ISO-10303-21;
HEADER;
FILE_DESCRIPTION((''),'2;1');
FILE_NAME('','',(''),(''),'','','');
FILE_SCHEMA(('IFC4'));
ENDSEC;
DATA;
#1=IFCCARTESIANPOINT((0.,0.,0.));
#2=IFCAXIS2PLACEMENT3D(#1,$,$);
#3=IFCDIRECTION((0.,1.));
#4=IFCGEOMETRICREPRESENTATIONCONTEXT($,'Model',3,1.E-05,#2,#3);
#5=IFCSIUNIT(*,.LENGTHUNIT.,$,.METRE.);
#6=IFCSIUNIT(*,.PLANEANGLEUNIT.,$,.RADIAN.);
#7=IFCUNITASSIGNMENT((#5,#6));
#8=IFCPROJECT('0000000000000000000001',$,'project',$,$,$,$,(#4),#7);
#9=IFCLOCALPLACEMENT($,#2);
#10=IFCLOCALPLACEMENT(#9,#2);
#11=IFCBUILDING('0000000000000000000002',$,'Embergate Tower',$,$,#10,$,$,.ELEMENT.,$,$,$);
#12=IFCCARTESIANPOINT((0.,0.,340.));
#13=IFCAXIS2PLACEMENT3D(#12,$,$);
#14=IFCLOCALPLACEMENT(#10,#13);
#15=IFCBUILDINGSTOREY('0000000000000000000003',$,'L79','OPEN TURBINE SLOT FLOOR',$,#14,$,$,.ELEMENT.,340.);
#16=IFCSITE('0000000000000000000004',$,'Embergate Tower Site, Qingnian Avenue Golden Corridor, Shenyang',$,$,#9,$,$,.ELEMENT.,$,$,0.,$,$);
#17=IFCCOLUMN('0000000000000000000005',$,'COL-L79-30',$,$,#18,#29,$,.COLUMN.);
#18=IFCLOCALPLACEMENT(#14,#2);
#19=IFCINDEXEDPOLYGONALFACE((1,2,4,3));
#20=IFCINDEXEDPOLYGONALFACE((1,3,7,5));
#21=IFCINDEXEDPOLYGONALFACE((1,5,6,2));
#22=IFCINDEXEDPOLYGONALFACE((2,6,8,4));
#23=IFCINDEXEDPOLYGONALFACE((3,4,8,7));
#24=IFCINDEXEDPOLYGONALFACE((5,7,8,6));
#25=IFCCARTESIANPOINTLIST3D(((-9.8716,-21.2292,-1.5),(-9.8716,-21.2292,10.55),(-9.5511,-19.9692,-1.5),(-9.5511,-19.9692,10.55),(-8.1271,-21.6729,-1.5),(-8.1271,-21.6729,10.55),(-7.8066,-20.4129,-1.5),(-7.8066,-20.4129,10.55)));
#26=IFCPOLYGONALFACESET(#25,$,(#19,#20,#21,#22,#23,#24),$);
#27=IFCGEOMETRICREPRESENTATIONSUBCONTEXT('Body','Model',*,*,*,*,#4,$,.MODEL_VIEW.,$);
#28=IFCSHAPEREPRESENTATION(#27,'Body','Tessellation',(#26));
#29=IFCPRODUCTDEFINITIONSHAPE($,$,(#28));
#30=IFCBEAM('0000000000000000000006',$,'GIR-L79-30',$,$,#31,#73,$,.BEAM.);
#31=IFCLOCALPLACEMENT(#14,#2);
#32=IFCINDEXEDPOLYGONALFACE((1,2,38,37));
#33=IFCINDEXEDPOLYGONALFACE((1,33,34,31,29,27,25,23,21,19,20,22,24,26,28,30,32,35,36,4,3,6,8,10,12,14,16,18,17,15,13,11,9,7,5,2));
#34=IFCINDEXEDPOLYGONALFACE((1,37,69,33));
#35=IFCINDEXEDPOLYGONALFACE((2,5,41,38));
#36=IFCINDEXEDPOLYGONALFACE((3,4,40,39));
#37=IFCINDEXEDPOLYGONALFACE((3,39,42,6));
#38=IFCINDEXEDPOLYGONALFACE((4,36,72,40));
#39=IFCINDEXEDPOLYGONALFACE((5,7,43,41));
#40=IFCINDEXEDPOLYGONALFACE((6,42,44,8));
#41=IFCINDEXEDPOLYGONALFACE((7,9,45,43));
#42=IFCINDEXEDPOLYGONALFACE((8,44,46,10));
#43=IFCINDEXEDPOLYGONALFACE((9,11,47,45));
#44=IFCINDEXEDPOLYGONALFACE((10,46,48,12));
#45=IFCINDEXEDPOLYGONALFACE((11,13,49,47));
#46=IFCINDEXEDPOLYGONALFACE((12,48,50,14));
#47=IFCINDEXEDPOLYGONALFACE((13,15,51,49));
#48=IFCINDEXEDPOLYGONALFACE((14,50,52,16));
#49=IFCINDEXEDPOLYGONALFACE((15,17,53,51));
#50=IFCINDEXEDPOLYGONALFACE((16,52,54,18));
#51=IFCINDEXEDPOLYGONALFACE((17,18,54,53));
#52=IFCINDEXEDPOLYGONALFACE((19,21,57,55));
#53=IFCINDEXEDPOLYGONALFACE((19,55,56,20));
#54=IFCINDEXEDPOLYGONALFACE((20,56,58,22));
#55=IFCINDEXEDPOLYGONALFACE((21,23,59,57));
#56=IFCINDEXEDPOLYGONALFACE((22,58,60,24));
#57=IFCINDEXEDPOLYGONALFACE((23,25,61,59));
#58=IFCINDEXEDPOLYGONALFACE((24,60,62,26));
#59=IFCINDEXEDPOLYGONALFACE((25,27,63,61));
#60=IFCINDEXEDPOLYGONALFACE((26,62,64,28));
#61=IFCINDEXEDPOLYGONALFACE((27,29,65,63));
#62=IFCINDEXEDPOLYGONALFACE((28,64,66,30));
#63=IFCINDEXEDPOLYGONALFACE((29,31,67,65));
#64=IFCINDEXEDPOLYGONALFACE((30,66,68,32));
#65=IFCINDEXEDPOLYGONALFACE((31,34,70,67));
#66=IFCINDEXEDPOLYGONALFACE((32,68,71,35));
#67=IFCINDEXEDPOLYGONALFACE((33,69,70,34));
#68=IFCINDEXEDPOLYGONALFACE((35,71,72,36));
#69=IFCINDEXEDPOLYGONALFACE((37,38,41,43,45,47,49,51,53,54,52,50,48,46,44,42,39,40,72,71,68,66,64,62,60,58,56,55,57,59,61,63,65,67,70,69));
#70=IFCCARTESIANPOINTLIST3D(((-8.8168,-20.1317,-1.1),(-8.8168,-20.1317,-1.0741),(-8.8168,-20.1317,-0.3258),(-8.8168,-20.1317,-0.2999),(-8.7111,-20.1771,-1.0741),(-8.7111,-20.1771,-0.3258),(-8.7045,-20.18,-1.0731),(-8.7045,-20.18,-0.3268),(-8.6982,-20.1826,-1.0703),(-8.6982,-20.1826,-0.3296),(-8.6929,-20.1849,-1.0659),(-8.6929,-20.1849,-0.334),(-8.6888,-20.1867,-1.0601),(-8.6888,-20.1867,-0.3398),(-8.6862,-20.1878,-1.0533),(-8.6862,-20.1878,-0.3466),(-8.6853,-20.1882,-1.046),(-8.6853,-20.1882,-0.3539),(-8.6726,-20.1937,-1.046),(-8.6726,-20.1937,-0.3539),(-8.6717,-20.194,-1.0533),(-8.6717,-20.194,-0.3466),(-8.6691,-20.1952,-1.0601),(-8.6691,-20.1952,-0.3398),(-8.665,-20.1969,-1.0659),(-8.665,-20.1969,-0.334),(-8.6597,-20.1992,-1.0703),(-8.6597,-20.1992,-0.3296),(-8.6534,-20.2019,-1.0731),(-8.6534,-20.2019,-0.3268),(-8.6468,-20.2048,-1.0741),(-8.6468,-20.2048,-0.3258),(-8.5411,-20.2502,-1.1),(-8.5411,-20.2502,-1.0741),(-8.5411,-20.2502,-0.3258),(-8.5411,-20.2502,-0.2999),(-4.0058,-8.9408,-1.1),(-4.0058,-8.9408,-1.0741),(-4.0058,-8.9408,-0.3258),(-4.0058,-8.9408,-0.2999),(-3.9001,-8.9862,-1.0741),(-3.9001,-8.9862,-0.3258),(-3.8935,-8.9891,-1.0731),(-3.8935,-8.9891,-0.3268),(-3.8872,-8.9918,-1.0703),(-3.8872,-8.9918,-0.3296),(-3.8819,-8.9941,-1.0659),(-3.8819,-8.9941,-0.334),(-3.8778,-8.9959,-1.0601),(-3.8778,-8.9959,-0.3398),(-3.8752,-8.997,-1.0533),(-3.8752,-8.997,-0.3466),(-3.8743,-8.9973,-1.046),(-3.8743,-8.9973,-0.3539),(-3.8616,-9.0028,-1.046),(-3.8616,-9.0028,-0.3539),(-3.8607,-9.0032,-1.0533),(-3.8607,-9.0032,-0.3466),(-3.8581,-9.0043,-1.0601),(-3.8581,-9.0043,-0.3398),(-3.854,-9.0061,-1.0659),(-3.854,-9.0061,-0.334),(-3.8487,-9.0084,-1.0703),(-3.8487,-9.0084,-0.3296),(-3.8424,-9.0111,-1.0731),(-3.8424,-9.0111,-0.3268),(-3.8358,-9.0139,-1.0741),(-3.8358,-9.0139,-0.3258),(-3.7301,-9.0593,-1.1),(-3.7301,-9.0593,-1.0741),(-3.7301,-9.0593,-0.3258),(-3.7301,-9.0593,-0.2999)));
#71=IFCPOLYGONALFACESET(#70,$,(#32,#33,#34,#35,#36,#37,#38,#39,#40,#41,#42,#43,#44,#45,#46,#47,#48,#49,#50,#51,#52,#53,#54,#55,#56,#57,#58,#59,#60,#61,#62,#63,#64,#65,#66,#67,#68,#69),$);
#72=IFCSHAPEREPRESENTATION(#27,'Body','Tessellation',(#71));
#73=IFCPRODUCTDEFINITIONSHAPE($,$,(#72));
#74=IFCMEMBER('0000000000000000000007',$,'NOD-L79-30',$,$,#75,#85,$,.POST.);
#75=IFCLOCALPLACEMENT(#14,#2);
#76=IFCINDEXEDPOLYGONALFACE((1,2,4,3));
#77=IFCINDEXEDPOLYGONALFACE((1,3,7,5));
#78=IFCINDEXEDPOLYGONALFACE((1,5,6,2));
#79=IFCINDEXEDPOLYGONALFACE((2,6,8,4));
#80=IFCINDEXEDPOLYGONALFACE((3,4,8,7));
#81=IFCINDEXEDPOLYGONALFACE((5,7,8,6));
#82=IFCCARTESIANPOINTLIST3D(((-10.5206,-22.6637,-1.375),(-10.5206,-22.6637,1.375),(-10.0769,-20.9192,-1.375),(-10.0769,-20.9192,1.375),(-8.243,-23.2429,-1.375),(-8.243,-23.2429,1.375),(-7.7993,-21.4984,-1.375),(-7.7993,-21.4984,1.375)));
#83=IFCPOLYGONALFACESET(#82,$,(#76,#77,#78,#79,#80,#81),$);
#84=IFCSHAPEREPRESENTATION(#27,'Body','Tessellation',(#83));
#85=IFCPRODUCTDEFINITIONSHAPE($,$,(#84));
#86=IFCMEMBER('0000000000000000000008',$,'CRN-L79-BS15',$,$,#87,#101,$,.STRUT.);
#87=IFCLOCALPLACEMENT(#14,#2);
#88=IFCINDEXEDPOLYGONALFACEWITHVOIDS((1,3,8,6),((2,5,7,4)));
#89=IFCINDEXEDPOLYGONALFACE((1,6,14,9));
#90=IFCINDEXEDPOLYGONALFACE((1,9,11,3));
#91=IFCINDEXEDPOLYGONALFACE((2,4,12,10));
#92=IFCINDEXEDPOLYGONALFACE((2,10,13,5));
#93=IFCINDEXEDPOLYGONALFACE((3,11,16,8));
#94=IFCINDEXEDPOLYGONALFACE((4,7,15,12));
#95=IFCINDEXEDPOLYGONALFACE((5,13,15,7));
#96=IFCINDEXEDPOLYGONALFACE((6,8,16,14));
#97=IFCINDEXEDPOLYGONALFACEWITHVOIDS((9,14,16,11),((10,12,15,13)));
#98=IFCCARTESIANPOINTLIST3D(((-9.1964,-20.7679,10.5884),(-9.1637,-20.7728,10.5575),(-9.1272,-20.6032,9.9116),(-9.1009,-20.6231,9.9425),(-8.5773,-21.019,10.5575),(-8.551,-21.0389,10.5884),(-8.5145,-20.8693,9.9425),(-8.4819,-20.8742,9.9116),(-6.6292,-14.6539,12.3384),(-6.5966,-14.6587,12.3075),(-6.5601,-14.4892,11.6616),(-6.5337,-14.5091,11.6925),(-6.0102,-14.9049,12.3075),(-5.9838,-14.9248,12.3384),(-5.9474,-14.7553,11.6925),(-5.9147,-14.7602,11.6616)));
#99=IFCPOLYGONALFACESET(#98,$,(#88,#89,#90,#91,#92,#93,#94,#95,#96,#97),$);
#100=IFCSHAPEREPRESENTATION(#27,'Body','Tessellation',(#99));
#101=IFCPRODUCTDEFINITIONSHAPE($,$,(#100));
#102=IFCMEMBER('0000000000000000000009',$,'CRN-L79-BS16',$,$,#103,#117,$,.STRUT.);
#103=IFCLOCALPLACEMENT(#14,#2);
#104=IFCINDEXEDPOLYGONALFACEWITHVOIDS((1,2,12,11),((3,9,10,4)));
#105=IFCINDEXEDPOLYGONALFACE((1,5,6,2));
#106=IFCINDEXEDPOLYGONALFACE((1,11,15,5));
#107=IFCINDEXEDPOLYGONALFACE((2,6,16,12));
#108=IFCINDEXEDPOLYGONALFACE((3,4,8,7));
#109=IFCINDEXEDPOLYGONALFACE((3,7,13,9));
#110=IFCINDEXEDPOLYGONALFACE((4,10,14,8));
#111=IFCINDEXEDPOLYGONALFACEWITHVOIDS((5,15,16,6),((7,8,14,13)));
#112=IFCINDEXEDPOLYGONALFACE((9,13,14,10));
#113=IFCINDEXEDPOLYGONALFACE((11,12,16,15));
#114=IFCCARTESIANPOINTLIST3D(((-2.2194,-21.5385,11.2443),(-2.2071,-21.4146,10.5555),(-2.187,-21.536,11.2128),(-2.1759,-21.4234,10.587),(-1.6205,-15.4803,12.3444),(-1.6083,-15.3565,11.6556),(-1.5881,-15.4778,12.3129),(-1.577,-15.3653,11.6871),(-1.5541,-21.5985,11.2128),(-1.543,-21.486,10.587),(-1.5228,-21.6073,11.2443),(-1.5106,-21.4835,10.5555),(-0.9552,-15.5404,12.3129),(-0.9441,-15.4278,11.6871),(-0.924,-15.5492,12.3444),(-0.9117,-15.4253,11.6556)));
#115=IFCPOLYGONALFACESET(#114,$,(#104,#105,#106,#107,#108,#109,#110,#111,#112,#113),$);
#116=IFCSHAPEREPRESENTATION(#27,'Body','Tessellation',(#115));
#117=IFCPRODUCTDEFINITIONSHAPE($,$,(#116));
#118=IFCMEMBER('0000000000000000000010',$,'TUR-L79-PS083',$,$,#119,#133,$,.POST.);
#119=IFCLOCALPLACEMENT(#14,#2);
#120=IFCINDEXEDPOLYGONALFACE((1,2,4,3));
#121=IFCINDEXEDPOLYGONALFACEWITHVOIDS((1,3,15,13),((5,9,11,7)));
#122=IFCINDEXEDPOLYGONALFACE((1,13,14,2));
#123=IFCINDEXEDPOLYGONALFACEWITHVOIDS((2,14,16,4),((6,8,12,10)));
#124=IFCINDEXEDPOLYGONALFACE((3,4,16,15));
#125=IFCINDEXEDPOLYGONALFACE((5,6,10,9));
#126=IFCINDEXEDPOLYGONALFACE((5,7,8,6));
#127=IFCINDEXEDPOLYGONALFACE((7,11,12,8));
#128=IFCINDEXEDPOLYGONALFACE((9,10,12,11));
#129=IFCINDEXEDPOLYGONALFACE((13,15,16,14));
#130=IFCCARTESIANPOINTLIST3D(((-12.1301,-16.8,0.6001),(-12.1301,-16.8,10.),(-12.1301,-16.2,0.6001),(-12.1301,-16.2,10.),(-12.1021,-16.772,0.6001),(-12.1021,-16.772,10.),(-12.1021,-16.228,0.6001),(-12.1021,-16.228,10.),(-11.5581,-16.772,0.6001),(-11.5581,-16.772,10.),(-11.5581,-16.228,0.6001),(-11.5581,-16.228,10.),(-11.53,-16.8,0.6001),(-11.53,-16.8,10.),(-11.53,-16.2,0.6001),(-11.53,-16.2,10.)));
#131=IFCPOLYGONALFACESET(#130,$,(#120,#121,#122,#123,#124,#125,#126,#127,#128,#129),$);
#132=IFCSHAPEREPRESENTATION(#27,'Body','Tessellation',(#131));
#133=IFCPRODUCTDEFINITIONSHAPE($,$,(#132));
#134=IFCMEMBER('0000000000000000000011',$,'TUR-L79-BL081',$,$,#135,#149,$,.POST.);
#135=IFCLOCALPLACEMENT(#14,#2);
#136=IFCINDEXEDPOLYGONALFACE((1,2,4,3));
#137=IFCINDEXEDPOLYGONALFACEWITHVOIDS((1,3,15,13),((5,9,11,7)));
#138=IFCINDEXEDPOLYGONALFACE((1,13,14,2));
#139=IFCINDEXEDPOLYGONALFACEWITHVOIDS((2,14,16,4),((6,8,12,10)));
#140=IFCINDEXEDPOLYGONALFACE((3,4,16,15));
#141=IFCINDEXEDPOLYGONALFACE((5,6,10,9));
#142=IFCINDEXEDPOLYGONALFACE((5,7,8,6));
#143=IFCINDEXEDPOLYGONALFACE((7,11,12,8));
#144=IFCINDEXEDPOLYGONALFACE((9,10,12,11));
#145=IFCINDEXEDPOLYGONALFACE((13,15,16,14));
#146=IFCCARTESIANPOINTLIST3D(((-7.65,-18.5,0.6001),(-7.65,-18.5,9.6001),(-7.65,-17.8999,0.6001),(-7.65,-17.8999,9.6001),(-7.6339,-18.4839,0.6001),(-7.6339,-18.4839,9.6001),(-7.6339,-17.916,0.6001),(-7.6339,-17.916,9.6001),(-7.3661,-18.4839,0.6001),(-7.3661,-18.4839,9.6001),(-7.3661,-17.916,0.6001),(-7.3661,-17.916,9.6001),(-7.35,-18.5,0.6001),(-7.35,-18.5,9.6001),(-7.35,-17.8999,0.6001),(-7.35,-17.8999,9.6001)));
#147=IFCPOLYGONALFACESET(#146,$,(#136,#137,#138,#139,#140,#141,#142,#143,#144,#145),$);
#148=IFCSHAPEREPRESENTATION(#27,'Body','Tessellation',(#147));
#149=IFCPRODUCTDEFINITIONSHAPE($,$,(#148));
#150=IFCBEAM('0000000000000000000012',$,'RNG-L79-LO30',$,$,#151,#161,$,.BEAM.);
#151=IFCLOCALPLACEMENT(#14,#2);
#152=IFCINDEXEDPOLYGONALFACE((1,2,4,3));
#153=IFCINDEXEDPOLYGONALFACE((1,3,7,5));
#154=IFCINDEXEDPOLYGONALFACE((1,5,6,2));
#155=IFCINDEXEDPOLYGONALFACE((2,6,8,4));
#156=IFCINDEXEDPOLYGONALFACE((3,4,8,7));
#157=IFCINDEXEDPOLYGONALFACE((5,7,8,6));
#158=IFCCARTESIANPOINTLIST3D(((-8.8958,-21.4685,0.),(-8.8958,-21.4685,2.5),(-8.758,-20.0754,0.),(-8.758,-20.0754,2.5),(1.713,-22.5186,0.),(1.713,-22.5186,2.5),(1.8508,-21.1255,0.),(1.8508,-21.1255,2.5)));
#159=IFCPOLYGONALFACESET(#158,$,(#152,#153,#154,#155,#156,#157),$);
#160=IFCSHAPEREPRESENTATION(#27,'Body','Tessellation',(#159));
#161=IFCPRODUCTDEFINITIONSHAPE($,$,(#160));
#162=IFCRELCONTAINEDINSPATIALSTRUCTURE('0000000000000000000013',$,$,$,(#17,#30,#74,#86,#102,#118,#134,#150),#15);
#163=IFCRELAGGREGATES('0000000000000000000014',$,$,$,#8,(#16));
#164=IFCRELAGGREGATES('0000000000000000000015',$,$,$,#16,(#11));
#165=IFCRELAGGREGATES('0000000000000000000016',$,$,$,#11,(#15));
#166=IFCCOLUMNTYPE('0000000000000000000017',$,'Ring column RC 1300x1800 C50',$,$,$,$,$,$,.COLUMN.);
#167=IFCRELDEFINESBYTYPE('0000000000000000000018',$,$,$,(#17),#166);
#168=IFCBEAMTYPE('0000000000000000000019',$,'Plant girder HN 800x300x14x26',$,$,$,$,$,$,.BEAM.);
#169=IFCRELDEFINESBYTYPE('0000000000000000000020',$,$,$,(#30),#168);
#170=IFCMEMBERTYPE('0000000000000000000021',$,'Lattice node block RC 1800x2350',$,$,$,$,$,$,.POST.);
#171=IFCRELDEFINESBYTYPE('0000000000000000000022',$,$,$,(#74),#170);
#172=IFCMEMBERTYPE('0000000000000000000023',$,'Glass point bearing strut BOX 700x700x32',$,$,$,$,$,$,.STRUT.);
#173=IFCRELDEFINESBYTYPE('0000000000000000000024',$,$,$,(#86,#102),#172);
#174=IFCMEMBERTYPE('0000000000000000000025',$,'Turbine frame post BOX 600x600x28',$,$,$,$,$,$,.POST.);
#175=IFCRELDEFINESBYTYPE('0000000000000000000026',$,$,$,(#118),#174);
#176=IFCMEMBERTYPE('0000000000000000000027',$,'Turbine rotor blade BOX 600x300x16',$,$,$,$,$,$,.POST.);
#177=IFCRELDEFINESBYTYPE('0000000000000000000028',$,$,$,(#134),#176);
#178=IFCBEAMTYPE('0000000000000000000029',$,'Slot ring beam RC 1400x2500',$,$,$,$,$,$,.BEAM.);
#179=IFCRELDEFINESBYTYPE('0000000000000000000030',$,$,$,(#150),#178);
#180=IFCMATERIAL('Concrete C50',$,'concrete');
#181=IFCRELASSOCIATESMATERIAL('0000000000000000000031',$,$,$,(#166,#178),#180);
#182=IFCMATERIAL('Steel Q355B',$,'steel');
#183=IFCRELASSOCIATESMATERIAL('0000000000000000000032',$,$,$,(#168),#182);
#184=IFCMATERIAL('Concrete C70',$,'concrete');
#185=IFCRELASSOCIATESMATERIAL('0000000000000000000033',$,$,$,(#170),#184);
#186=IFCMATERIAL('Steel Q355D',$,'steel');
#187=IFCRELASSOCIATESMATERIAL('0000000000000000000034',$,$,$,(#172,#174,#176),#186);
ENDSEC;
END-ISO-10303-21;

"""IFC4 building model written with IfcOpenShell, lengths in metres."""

from ifc_helpers import new_model, si_unit, direction, frame, origin, origin_2d, place, context, subcontext, project, spatial, rectangle, hollow_rectangle, i_section, extrude, source, transform, mapped, material, material_profile, profile_set, type_object, element, save


model = new_model("IFC4")

# Units and contexts
model_context = context("Model", 3, precision=1e-05, world=origin(), true_north=direction((0.0, 1.0)))
body_context = subcontext(model_context, "Body", "Model", "MODEL_VIEW")
ifc_project = project(units=[si_unit("LENGTHUNIT", "METRE"), si_unit("PLANEANGLEUNIT", "RADIAN")], contexts=[model_context])

# Site, building, storey
site_placement = place(None, origin())
site = spatial("IfcSite", under=ifc_project, at=site_placement, Name="Embergate Tower Site, Qingnian Avenue Golden Corridor, Shenyang", CompositionType="ELEMENT", RefElevation=0.0)
building_placement = place(site_placement, origin())
building = spatial("IfcBuilding", under=site, at=building_placement, Name="Embergate Tower", CompositionType="ELEMENT")
storey_placement = place(building_placement, frame((0.0, 0.0, 340.0)))
storey = spatial("IfcBuildingStorey", under=building, at=storey_placement, Name="L79", Description="OPEN TURBINE SLOT FLOOR", CompositionType="ELEMENT", Elevation=340.0)

# Column
ifc_material_1 = material(Name="Concrete C50", Category="concrete")
ifc_material_profile_1 = material_profile(ifc_material_1, rectangle(XDim=1.3, YDim=1.8, at=origin_2d()), Name="RC 1300x1800")
ifc_profile_set_1 = profile_set([ifc_material_profile_1], Name="Concrete C50")
column_type = type_object("IfcColumnType", Name="Ring column RC 1300x1800 C50", PredefinedType="COLUMN", material=ifc_profile_set_1)
shared_shape_1 = source(origin(), body_context, "Body", "SweptSolid", [
    extrude(rectangle(XDim=1.3, YDim=1.8, at=origin_2d()), origin(), (0.0, 0.0, 1.0), 12.05),
])
column_placement = place(storey_placement, frame((-8.8391, -20.821, -1.5), z_axis=(0.0, 0.0, 1.0), x_axis=(-0.246492, -0.969145, 0.0)))
element("IfcColumn", 1, at=column_placement, inside=storey, type_object=column_type, Name="COL-L79-30", PredefinedType="COLUMN", context=body_context, shape_type="MappedRepresentation", body=[
    mapped(shared_shape_1, transform((0.0, 0.0, 0.0))),
])

# Beam
ifc_material_2 = material(Name="Steel Q355B", Category="steel")
ifc_material_profile_2 = material_profile(ifc_material_2, i_section(OverallWidth=0.3, OverallDepth=0.8, WebThickness=0.0139, FlangeThickness=0.0259, FilletRadius=0.0281, at=origin_2d()), Name="HN 800x300x14x26")
ifc_profile_set_2 = profile_set([ifc_material_profile_2], Name="Steel Q355 grade B")
beam_type_1 = type_object("IfcBeamType", Name="Plant girder HN 800x300x14x26", PredefinedType="BEAM", material=ifc_profile_set_2)
shared_shape_2 = source(origin(), body_context, "Body", "SweptSolid", [
    extrude(i_section(OverallWidth=0.3, OverallDepth=0.8, WebThickness=0.0139, FlangeThickness=0.0259, FilletRadius=0.0281, at=origin_2d()), origin(), (0.0, 0.0, 1.0), 12.1812),
])
beam_placement = place(storey_placement, frame((-8.679, -20.1909, -0.7), z_axis=(0.394954, 0.918701, 0.0), x_axis=(-0.918701, 0.394954, 0.0)))
element("IfcBeam", 2, at=beam_placement, inside=storey, type_object=beam_type_1, Name="GIR-L79-30", PredefinedType="BEAM", context=body_context, shape_type="MappedRepresentation", body=[
    mapped(shared_shape_2, transform((0.0, 0.0, 0.0))),
])

# Members
ifc_material_3 = material(Name="Concrete C70", Category="concrete")
ifc_material_profile_3 = material_profile(ifc_material_3, rectangle(XDim=1.8, YDim=2.3501, at=origin_2d()), Name="RC 1800x2350")
ifc_profile_set_3 = profile_set([ifc_material_profile_3], Name="Concrete C70")
member_type_1 = type_object("IfcMemberType", Name="Lattice node block RC 1800x2350", PredefinedType="POST", material=ifc_profile_set_3)
shared_shape_3 = source(origin(), body_context, "Body", "SweptSolid", [
    extrude(rectangle(XDim=1.8, YDim=2.3501, at=origin_2d()), origin(), (0.0, 0.0, 1.0), 2.75),
])
member_1_placement = place(storey_placement, frame((-9.1599, -22.0811, -1.375), z_axis=(0.0, 0.0, 1.0), x_axis=(-0.246492, -0.969145, 0.0)))
element("IfcMember", 3, at=member_1_placement, inside=storey, type_object=member_type_1, Name="NOD-L79-30", PredefinedType="POST", context=body_context, shape_type="MappedRepresentation", body=[
    mapped(shared_shape_3, transform((0.0, 0.0, 0.0))),
])
ifc_material_4 = material(Name="Steel Q355D", Category="steel")
ifc_material_profile_4 = material_profile(ifc_material_4, hollow_rectangle(XDim=0.7, YDim=0.7, WallThickness=0.032, at=origin_2d()), Name="BOX 700x700x32")
ifc_profile_set_4 = profile_set([ifc_material_profile_4], Name="Steel Q355 grade D")
member_type_2 = type_object("IfcMemberType", Name="Glass point bearing strut BOX 700x700x32", PredefinedType="STRUT", material=ifc_profile_set_4)
shared_shape_4 = source(origin(), body_context, "Body", "SweptSolid", [
    extrude(hollow_rectangle(XDim=0.7, YDim=0.7, WallThickness=0.032, at=origin_2d()), origin(), (0.0, 0.0, 1.0), 6.8582),
])
member_2_placement = place(storey_placement, frame((-8.8391, -20.821, 10.25), z_axis=(0.374321, 0.891499, 0.255172), x_axis=(-0.922022, 0.387137, 0.0)))
element("IfcMember", 4, at=member_2_placement, inside=storey, type_object=member_type_2, Name="CRN-L79-BS15", PredefinedType="STRUT", context=body_context, shape_type="MappedRepresentation", body=[
    mapped(shared_shape_4, transform((0.0, 0.0, 0.0))),
])
shared_shape_5 = source(origin(), body_context, "Body", "SweptSolid", [
    extrude(hollow_rectangle(XDim=0.7, YDim=0.7, WallThickness=0.032, at=origin_2d()), origin(), (0.0, 0.0, 1.0), 6.1863),
])
member_3_placement = place(storey_placement, frame((-1.865, -21.511, 10.8999), z_axis=(0.096808, 0.979288, 0.17783), x_axis=(-0.995149, 0.098376, 0.0)))
element("IfcMember", 5, at=member_3_placement, inside=storey, type_object=member_type_2, Name="CRN-L79-BS16", PredefinedType="STRUT", context=body_context, shape_type="MappedRepresentation", body=[
    mapped(shared_shape_5, transform((0.0, 0.0, 0.0))),
])
ifc_material_profile_5 = material_profile(ifc_material_4, hollow_rectangle(XDim=0.6001, YDim=0.6001, WallThickness=0.0281, at=origin_2d()), Name="BOX 600x600x28")
ifc_profile_set_5 = profile_set([ifc_material_profile_5], Name="Steel Q355 grade D")
member_type_3 = type_object("IfcMemberType", Name="Turbine frame post BOX 600x600x28", PredefinedType="POST", material=ifc_profile_set_5)
shared_shape_6 = source(origin(), body_context, "Body", "SweptSolid", [
    extrude(hollow_rectangle(XDim=0.6001, YDim=0.6001, WallThickness=0.0281, at=origin_2d()), origin(), (0.0, 0.0, 1.0), 9.3999),
])
member_4_placement = place(storey_placement, frame((-11.8301, -16.5, 0.6001), z_axis=(0.0, 0.0, 1.0), x_axis=(1.0, 0.0, 0.0)))
element("IfcMember", 6, at=member_4_placement, inside=storey, type_object=member_type_3, Name="TUR-L79-PS083", PredefinedType="POST", context=body_context, shape_type="MappedRepresentation", body=[
    mapped(shared_shape_6, transform((0.0, 0.0, 0.0))),
])
ifc_material_profile_6 = material_profile(ifc_material_4, hollow_rectangle(XDim=0.3, YDim=0.6001, WallThickness=0.0161, at=origin_2d()), Name="BOX 600x300x16")
ifc_profile_set_6 = profile_set([ifc_material_profile_6], Name="Steel Q355 grade D")
member_type_4 = type_object("IfcMemberType", Name="Turbine rotor blade BOX 600x300x16", PredefinedType="POST", material=ifc_profile_set_6)
shared_shape_7 = source(origin(), body_context, "Body", "SweptSolid", [
    extrude(hollow_rectangle(XDim=0.3, YDim=0.6001, WallThickness=0.0161, at=origin_2d()), origin(), (0.0, 0.0, 1.0), 9.0),
])
member_5_placement = place(storey_placement, frame((-7.5, -18.2, 0.6001), z_axis=(0.0, 0.0, 1.0), x_axis=(1.0, 0.0, 0.0)))
element("IfcMember", 7, at=member_5_placement, inside=storey, type_object=member_type_4, Name="TUR-L79-BL081", PredefinedType="POST", context=body_context, shape_type="MappedRepresentation", body=[
    mapped(shared_shape_7, transform((0.0, 0.0, 0.0))),
])

# Beam
ifc_material_profile_7 = material_profile(ifc_material_1, rectangle(XDim=1.3999, YDim=2.5, at=origin_2d()), Name="RC 1400x2500")
ifc_profile_set_7 = profile_set([ifc_material_profile_7], Name="Concrete C50")
beam_type_2 = type_object("IfcBeamType", Name="Slot ring beam RC 1400x2500", PredefinedType="BEAM", material=ifc_profile_set_7)
shared_shape_8 = source(origin(), body_context, "Body", "SweptSolid", [
    extrude(rectangle(XDim=1.3999, YDim=2.5, at=origin_2d()), origin(), (0.0, 0.0, 1.0), 10.6606),
])
for number, where, z_axis, x_axis, name in (
    (8, (-8.8269, -20.772, 1.25), (0.995137, -0.098497, 0.0), (0.098497, 0.995137, 0.0), "RNG-L79-LO30"),
):
    element("IfcBeam", number, at=place(storey_placement, frame(where, z_axis=z_axis, x_axis=x_axis)), inside=storey, type_object=beam_type_2, Name=name, PredefinedType="BEAM", context=body_context, shape_type="MappedRepresentation", body=[
        mapped(shared_shape_8, transform((0.0, 0.0, 0.0))),
    ])

save(model, "model.ifc")
